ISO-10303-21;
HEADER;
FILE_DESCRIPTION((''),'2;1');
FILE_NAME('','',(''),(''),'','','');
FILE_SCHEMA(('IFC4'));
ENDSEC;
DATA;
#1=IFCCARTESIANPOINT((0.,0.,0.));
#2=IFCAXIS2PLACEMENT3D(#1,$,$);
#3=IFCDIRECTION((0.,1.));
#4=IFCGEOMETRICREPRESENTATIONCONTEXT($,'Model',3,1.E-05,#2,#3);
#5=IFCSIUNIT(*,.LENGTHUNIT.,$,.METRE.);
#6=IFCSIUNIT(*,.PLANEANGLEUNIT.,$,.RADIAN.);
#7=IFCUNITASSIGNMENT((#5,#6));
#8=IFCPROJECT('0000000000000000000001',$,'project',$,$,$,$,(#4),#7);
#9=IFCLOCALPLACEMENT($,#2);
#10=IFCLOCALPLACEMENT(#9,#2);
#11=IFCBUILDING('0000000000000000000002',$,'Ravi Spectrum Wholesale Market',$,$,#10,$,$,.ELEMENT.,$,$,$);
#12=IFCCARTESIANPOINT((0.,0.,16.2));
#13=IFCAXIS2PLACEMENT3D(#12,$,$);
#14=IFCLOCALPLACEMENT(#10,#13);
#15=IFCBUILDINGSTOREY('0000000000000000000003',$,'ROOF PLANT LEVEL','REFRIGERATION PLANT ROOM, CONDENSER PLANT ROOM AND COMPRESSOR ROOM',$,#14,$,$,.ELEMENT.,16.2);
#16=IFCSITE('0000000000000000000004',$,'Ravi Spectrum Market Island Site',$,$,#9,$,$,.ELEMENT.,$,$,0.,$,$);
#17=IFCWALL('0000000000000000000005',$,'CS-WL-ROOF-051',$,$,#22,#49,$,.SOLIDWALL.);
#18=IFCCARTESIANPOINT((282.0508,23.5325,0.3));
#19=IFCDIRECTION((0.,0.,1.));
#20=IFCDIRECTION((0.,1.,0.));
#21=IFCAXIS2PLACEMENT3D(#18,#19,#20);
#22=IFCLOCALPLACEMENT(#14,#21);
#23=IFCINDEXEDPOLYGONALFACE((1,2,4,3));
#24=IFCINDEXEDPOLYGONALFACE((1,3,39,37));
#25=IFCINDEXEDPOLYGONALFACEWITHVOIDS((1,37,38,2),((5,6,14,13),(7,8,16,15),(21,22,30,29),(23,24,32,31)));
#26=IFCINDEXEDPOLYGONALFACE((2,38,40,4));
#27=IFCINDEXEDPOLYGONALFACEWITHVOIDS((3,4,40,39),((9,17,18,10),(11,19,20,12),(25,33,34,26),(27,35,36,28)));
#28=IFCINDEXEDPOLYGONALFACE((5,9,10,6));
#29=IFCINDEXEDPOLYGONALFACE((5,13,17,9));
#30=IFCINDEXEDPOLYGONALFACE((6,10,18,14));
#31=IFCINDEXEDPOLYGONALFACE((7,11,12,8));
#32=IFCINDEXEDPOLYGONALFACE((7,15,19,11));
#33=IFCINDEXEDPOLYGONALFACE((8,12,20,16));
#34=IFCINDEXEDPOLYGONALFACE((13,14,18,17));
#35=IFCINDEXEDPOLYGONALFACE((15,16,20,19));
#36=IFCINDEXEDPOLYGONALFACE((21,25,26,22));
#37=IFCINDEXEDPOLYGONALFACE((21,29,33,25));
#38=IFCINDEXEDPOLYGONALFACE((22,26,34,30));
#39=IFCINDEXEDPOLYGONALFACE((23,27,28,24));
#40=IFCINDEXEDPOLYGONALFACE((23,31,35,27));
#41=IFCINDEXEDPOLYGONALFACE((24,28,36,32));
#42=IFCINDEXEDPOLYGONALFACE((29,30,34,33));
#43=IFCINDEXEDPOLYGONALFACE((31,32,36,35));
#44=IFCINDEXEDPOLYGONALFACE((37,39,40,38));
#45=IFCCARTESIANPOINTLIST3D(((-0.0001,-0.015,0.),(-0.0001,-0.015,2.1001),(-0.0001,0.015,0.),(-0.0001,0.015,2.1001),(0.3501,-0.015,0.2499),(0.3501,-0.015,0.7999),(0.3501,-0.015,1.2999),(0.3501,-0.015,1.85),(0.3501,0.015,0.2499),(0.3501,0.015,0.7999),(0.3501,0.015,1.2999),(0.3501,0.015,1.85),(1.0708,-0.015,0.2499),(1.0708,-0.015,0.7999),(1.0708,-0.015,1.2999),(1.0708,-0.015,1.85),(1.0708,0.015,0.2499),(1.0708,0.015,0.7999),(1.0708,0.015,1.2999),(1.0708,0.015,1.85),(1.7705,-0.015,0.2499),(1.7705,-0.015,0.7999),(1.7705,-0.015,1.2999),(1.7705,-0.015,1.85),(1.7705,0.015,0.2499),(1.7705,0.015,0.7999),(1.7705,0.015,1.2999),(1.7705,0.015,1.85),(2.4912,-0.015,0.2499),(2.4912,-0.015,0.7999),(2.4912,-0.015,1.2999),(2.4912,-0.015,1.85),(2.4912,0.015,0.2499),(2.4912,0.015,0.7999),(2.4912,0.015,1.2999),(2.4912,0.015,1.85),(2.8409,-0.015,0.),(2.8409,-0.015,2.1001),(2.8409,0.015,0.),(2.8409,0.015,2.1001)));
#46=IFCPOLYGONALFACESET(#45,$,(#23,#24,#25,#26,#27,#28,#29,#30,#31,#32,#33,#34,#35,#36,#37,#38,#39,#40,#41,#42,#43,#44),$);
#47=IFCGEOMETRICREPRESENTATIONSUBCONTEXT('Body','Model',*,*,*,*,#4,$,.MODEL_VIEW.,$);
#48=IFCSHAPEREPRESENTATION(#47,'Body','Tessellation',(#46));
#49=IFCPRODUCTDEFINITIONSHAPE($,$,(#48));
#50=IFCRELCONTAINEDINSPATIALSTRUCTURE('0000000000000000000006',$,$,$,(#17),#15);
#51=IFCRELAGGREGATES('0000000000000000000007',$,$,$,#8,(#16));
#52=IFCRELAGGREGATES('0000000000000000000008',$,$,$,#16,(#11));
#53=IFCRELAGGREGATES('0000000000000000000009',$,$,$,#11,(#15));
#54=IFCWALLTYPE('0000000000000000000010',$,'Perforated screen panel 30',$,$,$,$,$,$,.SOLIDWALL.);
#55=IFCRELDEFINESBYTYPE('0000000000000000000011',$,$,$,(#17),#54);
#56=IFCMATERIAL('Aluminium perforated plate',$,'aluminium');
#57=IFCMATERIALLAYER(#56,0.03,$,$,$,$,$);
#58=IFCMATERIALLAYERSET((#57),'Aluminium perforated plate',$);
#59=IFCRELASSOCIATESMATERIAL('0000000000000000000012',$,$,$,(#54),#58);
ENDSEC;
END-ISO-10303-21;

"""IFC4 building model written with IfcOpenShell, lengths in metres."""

from ifc_helpers import new_model, si_unit, direction, frame, frame_2d, origin, place, context, subcontext, project, spatial, rectangle, extrude, material, layer, layer_set, type_object, element, save


model = new_model("IFC4")

# Units and contexts
model_context = context("Model", 3, precision=1e-05, world=origin(), true_north=direction((0.0, 1.0)))
body_context = subcontext(model_context, "Body", "Model", "MODEL_VIEW")
ifc_project = project(units=[si_unit("LENGTHUNIT", "METRE"), si_unit("PLANEANGLEUNIT", "RADIAN")], contexts=[model_context])

# Site, building, storey
site_placement = place(None, origin())
site = spatial("IfcSite", under=ifc_project, at=site_placement, Name="Ravi Spectrum Market Island Site", CompositionType="ELEMENT", RefElevation=0.0)
building_placement = place(site_placement, origin())
building = spatial("IfcBuilding", under=site, at=building_placement, Name="Ravi Spectrum Wholesale Market", CompositionType="ELEMENT")
storey_placement = place(building_placement, frame((0.0, 0.0, 16.2)))
storey = spatial("IfcBuildingStorey", under=building, at=storey_placement, Name="ROOF PLANT LEVEL", Description="REFRIGERATION PLANT ROOM, CONDENSER PLANT ROOM AND COMPRESSOR ROOM", CompositionType="ELEMENT", Elevation=16.2)

# Wall, openings
ifc_material_1 = material(Name="Aluminium perforated plate", Category="aluminium")
ifc_layer = layer(ifc_material_1, 0.03)
ifc_layer_set = layer_set([ifc_layer], Name="Aluminium perforated plate")
wall_type = type_object("IfcWallType", Name="Perforated screen panel 30", PredefinedType="SOLIDWALL", material=ifc_layer_set)
wall_1_placement = place(storey_placement, frame((282.0508, 23.5325, 0.3), z_axis=(0.0, 0.0, 1.0), x_axis=(0.0, 1.0, 0.0)))
wall_1 = element("IfcWall", 1, at=wall_1_placement, inside=storey, type_object=wall_type, Name="CS-WL-ROOF-051", PredefinedType="SOLIDWALL", context=body_context, shape_type="SweptSolid", body=[
    extrude(rectangle(XDim=2.8411, YDim=0.03, at=frame_2d((1.4204, 0.0))), origin(), (0.0, 0.0, 1.0), 2.1001),
])
opening_1_placement = place(wall_1_placement, frame((0.3501, 0.0, 0.25)))
element("IfcOpeningElement", 2, at=opening_1_placement, cuts=wall_1, PredefinedType="OPENING", context=body_context, shape_type="SweptSolid", body=[
    extrude(rectangle(XDim=0.7207, YDim=0.55, at=frame_2d((0.3604, 0.2749))), frame((0.0, 0.0249, 0.0), z_axis=(0.0, -1.0, 0.0), x_axis=(1.0, 0.0, 0.0)), (0.0, 0.0, 1.0), 0.05),
])
opening_2_placement = place(wall_1_placement, frame((0.3501, 0.0, 1.3)))
element("IfcOpeningElement", 3, at=opening_2_placement, cuts=wall_1, PredefinedType="OPENING", context=body_context, shape_type="SweptSolid", body=[
    extrude(rectangle(XDim=0.7207, YDim=0.55, at=frame_2d((0.3604, 0.2749))), frame((0.0, 0.0249, 0.0), z_axis=(0.0, -1.0, 0.0), x_axis=(1.0, 0.0, 0.0)), (0.0, 0.0, 1.0), 0.05),
])
opening_3_placement = place(wall_1_placement, frame((1.7705, 0.0, 0.25)))
element("IfcOpeningElement", 4, at=opening_3_placement, cuts=wall_1, PredefinedType="OPENING", context=body_context, shape_type="SweptSolid", body=[
    extrude(rectangle(XDim=0.7207, YDim=0.55, at=frame_2d((0.3604, 0.2749))), frame((0.0, 0.0249, 0.0), z_axis=(0.0, -1.0, 0.0), x_axis=(1.0, 0.0, 0.0)), (0.0, 0.0, 1.0), 0.05),
])
opening_4_placement = place(wall_1_placement, frame((1.7705, 0.0, 1.3)))
element("IfcOpeningElement", 5, at=opening_4_placement, cuts=wall_1, PredefinedType="OPENING", context=body_context, shape_type="SweptSolid", body=[
    extrude(rectangle(XDim=0.7207, YDim=0.55, at=frame_2d((0.3604, 0.2749))), frame((0.0, 0.0249, 0.0), z_axis=(0.0, -1.0, 0.0), x_axis=(1.0, 0.0, 0.0)), (0.0, 0.0, 1.0), 0.05),
])

save(model, "model.ifc")
